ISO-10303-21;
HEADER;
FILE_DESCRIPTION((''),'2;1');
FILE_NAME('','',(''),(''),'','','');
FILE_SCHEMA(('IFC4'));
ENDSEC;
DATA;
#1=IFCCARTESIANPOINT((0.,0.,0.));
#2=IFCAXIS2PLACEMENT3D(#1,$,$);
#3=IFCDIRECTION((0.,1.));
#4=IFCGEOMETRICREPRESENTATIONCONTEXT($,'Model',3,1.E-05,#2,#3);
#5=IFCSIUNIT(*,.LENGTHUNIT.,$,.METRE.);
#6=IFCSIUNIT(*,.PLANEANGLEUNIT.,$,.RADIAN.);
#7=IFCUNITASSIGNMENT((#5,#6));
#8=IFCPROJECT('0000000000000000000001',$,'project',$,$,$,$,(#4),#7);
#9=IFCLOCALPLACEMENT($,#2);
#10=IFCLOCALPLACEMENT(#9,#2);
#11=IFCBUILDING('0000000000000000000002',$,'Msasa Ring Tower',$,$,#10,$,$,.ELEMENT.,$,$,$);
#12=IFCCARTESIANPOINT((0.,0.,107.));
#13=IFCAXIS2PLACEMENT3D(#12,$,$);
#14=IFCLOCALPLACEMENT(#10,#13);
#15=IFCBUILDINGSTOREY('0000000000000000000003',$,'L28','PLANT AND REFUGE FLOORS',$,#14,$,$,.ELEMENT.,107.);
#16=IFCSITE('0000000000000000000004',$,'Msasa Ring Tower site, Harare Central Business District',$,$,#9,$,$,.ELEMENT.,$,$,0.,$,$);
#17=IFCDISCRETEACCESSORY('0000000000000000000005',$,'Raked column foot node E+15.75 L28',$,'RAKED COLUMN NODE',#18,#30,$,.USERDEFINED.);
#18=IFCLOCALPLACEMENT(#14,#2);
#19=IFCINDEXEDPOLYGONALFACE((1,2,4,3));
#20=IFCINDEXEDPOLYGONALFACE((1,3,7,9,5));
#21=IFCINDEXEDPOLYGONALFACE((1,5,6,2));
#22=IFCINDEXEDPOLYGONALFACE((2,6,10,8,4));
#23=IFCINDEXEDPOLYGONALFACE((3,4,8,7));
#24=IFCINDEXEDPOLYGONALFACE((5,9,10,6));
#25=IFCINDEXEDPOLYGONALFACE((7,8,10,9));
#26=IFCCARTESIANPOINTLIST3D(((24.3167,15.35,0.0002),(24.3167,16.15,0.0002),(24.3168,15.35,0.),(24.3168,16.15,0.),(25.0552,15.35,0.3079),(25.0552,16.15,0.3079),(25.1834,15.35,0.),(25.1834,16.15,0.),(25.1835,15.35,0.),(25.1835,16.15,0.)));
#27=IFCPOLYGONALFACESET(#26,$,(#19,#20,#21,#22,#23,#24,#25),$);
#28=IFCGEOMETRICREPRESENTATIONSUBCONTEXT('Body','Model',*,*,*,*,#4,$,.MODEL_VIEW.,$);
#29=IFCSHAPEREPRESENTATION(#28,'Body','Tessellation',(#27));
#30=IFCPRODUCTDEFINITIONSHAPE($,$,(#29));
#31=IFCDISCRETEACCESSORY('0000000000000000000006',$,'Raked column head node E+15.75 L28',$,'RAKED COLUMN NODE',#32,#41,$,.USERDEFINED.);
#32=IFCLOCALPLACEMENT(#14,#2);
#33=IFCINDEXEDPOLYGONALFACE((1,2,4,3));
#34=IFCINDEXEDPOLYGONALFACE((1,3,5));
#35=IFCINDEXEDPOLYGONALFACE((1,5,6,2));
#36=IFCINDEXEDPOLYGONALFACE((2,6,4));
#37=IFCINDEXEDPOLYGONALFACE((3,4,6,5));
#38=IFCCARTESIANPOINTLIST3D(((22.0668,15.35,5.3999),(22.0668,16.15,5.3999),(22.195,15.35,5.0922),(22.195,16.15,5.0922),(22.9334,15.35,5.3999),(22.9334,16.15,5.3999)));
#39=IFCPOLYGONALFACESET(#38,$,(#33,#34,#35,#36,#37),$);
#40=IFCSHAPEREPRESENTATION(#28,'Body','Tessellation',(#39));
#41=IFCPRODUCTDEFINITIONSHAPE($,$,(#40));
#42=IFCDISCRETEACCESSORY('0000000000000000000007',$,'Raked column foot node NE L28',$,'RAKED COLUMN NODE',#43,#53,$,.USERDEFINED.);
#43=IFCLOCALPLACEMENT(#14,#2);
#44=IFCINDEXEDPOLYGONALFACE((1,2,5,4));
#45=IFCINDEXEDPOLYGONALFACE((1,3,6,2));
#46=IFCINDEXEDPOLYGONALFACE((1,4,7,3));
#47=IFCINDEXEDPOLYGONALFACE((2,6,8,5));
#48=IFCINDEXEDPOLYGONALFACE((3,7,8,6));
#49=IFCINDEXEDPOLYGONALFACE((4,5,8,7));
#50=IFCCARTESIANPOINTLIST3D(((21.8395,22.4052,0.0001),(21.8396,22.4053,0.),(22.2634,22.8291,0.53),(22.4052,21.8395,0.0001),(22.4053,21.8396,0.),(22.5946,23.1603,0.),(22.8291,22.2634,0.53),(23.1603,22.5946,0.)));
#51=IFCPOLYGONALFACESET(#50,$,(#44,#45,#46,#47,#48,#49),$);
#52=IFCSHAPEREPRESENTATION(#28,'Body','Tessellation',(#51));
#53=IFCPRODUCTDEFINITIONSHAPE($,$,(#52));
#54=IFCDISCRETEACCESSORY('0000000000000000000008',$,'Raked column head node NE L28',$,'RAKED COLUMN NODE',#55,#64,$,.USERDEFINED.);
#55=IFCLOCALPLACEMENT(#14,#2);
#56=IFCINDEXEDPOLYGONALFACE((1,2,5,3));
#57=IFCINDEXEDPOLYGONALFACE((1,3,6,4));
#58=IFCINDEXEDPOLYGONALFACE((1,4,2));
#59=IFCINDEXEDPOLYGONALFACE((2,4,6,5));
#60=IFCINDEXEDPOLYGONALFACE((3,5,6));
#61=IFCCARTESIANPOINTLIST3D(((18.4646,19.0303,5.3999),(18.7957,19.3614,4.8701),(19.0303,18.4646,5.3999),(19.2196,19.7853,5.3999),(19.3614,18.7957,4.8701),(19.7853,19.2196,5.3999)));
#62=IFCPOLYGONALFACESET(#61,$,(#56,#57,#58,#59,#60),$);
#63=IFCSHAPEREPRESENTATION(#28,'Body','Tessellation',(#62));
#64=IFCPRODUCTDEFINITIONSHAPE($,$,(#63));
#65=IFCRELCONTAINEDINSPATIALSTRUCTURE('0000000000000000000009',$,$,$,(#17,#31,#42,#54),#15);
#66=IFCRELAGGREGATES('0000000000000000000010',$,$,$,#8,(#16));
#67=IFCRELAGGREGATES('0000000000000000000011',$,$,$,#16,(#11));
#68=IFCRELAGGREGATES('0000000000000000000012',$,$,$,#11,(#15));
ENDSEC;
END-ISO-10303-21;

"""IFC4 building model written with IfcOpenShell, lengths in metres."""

from ifc_helpers import new_model, si_unit, direction, frame, origin, origin_2d, place, context, subcontext, project, spatial, rectangle, extrude, clip, halfspace, element, save


model = new_model("IFC4")

# Units and contexts
model_context = context("Model", 3, precision=1e-05, world=origin(), true_north=direction((0.0, 1.0)))
body_context = subcontext(model_context, "Body", "Model", "MODEL_VIEW")
ifc_project = project(units=[si_unit("LENGTHUNIT", "METRE"), si_unit("PLANEANGLEUNIT", "RADIAN")], contexts=[model_context])

# Site, building, storey
site_placement = place(None, origin())
site = spatial("IfcSite", under=ifc_project, at=site_placement, Name="Msasa Ring Tower site, Harare Central Business District", CompositionType="ELEMENT", RefElevation=0.0)
building_placement = place(site_placement, origin())
building = spatial("IfcBuilding", under=site, at=building_placement, Name="Msasa Ring Tower", CompositionType="ELEMENT")
storey_placement = place(building_placement, frame((0.0, 0.0, 107.0)))
storey = spatial("IfcBuildingStorey", under=building, at=storey_placement, Name="L28", Description="PLANT AND REFUGE FLOORS", CompositionType="ELEMENT", Elevation=107.0)

# Discrete accessories
discrete_accessory_1_placement = place(storey_placement, frame((24.75, 15.75, 0.0)))
element("IfcDiscreteAccessory", 1, at=discrete_accessory_1_placement, inside=storey, Name="Raked column foot node E+15.75 L28", ObjectType="RAKED COLUMN NODE", PredefinedType="USERDEFINED", context=body_context, shape_type="Clipping", body=[
    clip(extrude(rectangle(XDim=0.8, YDim=0.8, at=origin_2d()), frame((0.0642, 0.0, -0.1538), z_axis=(-0.384615, 0.0, 0.923077), x_axis=(0.0, -1.0, 0.0)), (0.0, 0.0, 1.0), 0.3335), halfspace(frame((0.0, 0.0, 0.0), z_axis=(0.0, 0.0, 1.0)), True)),
])
discrete_accessory_2_placement = place(storey_placement, frame((22.5, 15.75, 5.3999)))
element("IfcDiscreteAccessory", 2, at=discrete_accessory_2_placement, inside=storey, Name="Raked column head node E+15.75 L28", ObjectType="RAKED COLUMN NODE", PredefinedType="USERDEFINED", context=body_context, shape_type="Clipping", body=[
    clip(extrude(rectangle(XDim=0.8, YDim=0.8, at=origin_2d()), frame((0.0642, 0.0, -0.1538), z_axis=(-0.384615, 0.0, 0.923077), x_axis=(0.0, -1.0, 0.0)), (0.0, 0.0, 1.0), 0.3335), halfspace(frame((0.0, 0.0, 0.0), z_axis=(0.0, 0.0, -1.0)), True)),
])
discrete_accessory_3_placement = place(storey_placement, frame((22.5, 22.5, 0.0)))
element("IfcDiscreteAccessory", 3, at=discrete_accessory_3_placement, inside=storey, Name="Raked column foot node NE L28", ObjectType="RAKED COLUMN NODE", PredefinedType="USERDEFINED", context=body_context, shape_type="Clipping", body=[
    clip(extrude(rectangle(XDim=0.8, YDim=0.8, at=origin_2d()), frame((0.1655, 0.1655, -0.2649), z_axis=(-0.468293, -0.468293, 0.749269), x_axis=(0.707107, -0.707107, 0.0)), (0.0, 0.0, 1.0), 0.7073), halfspace(frame((0.0, 0.0, 0.0), z_axis=(0.0, 0.0, 1.0)), True)),
])
discrete_accessory_4_placement = place(storey_placement, frame((19.125, 19.125, 5.3999)))
element("IfcDiscreteAccessory", 4, at=discrete_accessory_4_placement, inside=storey, Name="Raked column head node NE L28", ObjectType="RAKED COLUMN NODE", PredefinedType="USERDEFINED", context=body_context, shape_type="Clipping", body=[
    clip(extrude(rectangle(XDim=0.8, YDim=0.8, at=origin_2d()), frame((0.1655, 0.1655, -0.2649), z_axis=(-0.468293, -0.468293, 0.749269), x_axis=(0.707107, -0.707107, 0.0)), (0.0, 0.0, 1.0), 0.7073), halfspace(frame((0.0, 0.0, 0.0), z_axis=(0.0, 0.0, -1.0)), True)),
])

save(model, "model.ifc")
